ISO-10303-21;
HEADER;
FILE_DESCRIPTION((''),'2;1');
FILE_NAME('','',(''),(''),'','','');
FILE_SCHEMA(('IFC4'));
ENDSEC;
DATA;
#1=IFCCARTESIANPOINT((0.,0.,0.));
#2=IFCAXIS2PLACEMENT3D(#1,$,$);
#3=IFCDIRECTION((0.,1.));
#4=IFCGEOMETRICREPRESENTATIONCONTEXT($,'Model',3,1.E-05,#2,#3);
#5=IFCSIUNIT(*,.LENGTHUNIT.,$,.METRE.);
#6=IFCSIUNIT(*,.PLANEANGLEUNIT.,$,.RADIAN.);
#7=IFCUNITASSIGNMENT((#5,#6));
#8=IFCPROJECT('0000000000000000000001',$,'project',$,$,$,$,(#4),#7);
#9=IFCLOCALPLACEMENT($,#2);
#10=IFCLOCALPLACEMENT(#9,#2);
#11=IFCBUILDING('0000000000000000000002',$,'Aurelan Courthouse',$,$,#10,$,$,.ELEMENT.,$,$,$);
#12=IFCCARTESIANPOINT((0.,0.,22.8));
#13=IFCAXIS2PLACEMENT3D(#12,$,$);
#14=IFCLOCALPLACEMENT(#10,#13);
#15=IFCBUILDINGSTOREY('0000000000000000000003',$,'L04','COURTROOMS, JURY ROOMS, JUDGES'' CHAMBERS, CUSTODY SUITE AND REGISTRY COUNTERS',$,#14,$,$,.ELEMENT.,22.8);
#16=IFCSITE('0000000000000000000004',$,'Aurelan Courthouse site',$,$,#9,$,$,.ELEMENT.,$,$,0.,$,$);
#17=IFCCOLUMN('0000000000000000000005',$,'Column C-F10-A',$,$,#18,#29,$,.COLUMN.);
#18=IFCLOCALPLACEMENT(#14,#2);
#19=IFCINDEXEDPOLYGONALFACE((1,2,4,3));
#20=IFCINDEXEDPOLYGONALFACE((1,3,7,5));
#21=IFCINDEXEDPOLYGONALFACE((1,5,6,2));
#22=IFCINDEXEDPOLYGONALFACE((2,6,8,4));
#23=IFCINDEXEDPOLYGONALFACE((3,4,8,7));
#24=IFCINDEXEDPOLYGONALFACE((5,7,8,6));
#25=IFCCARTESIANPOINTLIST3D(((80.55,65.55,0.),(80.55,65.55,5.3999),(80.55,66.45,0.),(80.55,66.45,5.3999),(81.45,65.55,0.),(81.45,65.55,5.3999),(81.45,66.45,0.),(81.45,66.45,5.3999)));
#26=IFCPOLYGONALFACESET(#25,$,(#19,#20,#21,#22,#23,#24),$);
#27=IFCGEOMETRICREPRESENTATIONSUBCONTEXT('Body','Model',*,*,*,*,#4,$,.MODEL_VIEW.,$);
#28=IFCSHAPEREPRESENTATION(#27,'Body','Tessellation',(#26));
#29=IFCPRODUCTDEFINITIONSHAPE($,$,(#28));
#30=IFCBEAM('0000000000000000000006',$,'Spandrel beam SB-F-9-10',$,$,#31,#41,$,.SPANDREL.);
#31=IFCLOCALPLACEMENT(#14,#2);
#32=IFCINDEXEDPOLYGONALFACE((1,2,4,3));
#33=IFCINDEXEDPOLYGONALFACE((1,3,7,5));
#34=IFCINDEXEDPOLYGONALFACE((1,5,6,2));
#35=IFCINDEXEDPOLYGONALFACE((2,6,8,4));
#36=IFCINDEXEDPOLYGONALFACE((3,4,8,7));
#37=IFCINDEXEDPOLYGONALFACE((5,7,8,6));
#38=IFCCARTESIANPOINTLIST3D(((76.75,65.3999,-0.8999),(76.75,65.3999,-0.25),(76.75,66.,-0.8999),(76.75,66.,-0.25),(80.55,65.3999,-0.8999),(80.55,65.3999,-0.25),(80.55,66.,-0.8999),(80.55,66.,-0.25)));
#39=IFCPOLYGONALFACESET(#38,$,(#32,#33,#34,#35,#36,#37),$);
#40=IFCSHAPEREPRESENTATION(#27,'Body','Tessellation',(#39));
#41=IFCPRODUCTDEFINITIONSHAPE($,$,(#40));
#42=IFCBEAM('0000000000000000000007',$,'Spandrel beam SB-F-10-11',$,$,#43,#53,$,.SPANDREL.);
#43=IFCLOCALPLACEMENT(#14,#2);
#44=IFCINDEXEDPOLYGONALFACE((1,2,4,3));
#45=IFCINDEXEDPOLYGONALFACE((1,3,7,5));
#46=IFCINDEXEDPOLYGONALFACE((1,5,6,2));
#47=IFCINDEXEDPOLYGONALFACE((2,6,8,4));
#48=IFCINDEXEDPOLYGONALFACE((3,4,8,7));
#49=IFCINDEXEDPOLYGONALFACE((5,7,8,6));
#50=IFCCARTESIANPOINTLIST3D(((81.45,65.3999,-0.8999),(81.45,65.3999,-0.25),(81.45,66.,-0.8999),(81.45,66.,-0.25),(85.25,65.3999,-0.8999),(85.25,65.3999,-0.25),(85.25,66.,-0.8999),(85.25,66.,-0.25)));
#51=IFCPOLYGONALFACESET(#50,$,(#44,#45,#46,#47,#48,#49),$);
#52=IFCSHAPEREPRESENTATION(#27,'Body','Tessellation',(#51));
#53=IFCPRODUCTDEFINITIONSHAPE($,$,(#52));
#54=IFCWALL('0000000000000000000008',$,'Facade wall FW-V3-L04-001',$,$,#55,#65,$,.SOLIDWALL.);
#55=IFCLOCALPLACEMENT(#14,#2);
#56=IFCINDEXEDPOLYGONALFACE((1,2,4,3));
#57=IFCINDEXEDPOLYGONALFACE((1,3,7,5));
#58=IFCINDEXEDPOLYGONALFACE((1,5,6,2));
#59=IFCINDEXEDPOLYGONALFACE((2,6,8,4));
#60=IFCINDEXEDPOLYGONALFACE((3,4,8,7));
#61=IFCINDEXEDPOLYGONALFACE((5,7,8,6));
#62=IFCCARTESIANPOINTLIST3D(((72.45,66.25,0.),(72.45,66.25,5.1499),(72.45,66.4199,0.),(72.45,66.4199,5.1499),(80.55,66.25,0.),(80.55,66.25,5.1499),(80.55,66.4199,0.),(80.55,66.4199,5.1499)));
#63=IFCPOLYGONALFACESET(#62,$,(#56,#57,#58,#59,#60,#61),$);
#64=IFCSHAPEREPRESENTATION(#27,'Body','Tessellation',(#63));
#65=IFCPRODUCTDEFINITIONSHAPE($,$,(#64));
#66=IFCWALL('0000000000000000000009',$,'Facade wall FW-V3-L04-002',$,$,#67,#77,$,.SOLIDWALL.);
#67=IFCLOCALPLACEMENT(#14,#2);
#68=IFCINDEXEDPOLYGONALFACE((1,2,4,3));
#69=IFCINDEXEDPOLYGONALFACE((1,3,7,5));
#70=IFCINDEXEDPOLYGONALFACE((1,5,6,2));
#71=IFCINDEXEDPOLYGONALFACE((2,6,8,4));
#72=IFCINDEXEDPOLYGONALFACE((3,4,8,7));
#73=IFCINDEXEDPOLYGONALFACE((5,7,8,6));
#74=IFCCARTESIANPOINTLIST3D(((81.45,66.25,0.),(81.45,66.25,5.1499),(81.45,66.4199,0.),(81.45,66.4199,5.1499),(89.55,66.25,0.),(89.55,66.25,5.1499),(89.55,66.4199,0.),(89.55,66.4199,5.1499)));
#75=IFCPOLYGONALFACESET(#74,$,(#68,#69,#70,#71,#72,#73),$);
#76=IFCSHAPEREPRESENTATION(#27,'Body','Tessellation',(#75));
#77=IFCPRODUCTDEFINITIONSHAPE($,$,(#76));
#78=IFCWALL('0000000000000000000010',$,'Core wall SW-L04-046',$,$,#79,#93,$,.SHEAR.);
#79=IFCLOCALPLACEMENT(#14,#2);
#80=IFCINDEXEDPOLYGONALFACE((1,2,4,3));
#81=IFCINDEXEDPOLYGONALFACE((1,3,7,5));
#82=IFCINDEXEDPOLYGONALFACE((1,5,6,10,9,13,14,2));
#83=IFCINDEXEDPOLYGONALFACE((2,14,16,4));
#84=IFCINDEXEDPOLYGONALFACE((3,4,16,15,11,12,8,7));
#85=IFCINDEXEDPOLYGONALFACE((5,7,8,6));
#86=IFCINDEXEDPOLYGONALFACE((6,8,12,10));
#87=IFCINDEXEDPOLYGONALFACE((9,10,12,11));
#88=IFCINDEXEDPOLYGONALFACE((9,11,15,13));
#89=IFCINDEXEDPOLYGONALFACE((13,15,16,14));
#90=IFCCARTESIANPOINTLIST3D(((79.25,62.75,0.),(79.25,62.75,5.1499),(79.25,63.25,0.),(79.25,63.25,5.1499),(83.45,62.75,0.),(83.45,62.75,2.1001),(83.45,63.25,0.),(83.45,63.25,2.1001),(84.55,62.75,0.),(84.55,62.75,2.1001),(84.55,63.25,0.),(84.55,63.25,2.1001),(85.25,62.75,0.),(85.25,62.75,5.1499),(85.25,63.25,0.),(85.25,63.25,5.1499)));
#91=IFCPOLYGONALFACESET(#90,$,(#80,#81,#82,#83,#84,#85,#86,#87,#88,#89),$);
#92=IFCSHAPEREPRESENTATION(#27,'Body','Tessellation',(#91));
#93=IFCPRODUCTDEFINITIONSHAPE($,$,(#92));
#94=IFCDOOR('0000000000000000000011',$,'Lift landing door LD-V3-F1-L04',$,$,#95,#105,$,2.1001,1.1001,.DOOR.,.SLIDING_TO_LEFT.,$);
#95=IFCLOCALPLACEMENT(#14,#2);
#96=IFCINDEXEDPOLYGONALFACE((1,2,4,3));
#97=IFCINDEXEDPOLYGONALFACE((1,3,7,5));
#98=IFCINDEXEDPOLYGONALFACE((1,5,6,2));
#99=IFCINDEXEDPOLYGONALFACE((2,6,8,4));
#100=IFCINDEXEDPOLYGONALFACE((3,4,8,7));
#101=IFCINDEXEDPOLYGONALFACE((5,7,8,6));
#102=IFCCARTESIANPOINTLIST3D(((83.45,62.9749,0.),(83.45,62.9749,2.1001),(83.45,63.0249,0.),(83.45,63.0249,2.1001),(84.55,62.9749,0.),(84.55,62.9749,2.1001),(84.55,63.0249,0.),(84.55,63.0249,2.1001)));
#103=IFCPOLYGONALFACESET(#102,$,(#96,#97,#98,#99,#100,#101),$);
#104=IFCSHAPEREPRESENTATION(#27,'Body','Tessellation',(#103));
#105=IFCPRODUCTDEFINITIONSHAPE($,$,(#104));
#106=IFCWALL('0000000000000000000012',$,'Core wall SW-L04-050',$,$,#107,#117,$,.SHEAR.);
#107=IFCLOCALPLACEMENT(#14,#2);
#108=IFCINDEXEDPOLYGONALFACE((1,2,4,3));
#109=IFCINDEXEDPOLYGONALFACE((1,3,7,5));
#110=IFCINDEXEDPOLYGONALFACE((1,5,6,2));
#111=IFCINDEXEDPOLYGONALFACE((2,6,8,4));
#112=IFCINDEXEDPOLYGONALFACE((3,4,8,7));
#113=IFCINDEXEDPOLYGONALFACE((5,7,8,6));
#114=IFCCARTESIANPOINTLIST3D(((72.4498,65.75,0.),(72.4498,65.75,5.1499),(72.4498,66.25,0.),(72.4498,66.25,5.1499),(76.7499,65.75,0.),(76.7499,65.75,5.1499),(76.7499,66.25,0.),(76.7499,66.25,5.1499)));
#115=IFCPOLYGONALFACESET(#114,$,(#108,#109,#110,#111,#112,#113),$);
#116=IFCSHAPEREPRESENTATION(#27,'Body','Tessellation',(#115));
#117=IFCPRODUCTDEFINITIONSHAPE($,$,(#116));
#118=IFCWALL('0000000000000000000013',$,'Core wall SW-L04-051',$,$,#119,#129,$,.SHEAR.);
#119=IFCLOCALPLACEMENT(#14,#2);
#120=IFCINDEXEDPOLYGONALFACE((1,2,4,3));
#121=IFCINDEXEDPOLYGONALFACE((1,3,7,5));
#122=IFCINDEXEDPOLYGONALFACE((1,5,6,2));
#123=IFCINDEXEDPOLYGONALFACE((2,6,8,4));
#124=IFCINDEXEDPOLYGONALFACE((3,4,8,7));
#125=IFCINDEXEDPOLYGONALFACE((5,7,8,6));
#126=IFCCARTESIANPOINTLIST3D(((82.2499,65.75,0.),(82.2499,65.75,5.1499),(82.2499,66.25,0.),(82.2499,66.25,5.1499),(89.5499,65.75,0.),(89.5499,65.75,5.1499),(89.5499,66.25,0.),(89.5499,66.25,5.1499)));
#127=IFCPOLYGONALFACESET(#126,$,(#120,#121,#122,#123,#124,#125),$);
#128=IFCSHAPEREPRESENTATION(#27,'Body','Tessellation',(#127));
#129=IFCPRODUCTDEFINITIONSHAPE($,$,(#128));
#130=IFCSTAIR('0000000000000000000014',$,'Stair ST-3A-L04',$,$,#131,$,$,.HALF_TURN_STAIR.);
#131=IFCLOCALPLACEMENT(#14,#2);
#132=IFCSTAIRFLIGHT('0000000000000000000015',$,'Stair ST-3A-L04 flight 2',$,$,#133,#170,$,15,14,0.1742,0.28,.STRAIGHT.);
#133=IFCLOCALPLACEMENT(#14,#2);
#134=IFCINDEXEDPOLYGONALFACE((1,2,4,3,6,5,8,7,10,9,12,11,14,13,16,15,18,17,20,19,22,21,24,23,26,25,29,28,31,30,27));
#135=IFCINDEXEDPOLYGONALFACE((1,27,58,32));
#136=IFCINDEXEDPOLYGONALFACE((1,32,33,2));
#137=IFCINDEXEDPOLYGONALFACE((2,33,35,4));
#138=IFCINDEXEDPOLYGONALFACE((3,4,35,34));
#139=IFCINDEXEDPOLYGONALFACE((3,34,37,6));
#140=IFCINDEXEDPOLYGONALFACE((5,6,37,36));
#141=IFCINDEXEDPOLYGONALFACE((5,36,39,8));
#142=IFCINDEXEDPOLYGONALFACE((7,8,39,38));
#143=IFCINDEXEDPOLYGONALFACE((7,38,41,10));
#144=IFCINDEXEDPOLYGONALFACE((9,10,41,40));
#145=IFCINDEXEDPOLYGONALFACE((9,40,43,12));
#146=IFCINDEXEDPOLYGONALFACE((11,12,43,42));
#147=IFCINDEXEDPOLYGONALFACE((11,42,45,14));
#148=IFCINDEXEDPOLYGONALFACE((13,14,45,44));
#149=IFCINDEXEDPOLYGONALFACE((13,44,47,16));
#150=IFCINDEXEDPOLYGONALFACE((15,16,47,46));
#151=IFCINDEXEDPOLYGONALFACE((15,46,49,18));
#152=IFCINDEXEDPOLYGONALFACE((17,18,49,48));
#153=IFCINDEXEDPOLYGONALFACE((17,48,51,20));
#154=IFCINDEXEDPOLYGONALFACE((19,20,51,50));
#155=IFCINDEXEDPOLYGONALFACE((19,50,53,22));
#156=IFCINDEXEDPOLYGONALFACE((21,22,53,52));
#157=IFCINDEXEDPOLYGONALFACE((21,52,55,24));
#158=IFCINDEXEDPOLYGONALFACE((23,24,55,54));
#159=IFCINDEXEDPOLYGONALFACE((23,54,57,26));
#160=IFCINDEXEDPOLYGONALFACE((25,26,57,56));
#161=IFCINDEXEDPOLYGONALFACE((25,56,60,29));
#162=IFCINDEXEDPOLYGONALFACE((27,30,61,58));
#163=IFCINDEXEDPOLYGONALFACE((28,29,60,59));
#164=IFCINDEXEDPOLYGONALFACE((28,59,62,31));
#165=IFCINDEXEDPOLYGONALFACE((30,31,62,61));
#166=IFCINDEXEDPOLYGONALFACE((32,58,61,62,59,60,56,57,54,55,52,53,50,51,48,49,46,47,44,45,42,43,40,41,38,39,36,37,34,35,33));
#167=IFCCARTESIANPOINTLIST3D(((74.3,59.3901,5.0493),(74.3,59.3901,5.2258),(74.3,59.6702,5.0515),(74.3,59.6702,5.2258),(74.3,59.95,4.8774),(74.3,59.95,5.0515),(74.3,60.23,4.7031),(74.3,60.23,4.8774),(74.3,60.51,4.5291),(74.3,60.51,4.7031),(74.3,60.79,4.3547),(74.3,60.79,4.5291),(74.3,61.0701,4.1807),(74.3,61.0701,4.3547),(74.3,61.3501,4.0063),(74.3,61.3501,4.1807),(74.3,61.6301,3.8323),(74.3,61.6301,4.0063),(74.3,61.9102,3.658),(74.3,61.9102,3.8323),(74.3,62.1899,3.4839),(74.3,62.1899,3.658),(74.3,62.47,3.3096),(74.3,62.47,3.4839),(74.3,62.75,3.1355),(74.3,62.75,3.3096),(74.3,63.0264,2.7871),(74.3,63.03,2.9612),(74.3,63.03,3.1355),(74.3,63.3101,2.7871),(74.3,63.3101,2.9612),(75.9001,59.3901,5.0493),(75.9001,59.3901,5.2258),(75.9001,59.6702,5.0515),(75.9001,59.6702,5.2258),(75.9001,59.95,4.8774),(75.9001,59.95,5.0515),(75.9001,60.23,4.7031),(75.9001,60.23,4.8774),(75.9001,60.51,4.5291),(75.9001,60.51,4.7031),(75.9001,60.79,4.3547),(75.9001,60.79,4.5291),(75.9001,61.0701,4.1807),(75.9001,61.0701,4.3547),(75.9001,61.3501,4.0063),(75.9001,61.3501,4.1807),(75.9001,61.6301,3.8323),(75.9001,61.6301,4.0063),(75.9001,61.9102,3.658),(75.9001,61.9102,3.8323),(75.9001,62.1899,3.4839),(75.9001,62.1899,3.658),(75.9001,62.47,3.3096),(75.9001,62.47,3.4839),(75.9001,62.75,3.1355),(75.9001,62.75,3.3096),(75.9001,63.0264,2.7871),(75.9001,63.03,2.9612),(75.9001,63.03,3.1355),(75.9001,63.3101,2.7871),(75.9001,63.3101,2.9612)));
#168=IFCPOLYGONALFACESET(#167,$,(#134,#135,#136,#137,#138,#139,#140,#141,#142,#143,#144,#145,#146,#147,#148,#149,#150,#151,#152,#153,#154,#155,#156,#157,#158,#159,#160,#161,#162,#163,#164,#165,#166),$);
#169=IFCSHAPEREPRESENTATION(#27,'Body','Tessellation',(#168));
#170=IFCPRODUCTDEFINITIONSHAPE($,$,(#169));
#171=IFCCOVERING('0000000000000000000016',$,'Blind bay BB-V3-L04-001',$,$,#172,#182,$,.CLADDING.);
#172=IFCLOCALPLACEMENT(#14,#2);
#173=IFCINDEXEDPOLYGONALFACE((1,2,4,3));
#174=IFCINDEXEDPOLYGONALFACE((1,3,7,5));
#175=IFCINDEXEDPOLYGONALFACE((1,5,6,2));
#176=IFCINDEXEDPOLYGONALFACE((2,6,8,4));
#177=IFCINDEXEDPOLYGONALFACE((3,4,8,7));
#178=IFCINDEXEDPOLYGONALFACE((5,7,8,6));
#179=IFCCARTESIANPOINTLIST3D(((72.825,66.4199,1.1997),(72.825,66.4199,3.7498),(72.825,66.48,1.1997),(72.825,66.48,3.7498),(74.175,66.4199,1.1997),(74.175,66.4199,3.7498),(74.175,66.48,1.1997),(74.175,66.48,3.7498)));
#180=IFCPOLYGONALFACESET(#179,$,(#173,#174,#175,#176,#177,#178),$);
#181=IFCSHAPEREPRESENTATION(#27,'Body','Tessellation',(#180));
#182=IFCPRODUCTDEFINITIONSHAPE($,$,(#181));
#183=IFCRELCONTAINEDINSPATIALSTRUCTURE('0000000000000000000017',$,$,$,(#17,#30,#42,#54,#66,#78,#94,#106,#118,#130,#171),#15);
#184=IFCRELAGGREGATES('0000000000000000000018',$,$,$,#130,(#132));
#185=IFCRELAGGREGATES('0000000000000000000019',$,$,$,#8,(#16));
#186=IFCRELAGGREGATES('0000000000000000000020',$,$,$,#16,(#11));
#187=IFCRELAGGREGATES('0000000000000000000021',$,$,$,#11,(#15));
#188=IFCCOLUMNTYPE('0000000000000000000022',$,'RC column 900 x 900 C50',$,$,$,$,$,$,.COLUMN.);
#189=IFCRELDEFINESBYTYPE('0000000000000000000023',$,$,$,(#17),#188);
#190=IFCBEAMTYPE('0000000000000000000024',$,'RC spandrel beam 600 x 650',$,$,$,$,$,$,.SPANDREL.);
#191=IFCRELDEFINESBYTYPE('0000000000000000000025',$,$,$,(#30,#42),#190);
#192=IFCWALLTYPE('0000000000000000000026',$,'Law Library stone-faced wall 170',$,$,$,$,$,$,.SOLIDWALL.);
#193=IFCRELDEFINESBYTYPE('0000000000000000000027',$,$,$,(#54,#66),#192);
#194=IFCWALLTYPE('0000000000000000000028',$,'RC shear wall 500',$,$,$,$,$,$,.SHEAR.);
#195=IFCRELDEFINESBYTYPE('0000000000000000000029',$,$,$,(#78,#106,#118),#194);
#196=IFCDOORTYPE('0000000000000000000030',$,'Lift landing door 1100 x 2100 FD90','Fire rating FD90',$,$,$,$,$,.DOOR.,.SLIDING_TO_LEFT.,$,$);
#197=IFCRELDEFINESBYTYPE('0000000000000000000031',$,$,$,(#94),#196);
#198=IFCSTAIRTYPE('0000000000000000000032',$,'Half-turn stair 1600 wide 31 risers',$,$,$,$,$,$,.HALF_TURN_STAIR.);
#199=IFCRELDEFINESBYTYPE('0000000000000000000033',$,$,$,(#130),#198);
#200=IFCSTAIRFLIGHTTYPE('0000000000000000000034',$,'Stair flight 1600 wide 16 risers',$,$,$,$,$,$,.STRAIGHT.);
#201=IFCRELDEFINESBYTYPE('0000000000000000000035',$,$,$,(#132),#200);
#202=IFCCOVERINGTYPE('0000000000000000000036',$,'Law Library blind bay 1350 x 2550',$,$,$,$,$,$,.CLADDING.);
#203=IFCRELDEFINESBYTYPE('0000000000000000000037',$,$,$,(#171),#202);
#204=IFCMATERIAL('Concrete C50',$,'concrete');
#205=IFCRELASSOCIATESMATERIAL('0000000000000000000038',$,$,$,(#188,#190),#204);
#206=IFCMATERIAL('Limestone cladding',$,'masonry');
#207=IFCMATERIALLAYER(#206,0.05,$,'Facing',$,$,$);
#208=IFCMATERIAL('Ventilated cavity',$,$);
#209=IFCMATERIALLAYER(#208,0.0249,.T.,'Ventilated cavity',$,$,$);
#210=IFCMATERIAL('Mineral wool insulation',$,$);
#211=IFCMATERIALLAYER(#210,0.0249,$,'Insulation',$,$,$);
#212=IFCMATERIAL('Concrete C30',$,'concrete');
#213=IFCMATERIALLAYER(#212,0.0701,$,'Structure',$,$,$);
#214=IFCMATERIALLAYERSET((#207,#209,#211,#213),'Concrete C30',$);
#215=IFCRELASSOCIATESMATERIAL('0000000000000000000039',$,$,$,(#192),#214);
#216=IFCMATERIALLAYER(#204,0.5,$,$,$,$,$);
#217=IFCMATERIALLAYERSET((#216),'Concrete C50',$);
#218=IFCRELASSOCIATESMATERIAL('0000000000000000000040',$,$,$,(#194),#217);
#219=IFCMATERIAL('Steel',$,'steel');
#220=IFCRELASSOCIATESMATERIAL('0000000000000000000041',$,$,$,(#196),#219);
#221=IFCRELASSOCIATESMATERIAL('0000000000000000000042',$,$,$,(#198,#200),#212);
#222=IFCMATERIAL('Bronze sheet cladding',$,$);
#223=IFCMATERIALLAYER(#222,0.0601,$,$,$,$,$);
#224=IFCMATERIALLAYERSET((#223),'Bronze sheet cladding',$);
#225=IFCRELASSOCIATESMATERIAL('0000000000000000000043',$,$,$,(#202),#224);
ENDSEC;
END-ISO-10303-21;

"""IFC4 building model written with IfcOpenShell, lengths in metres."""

from ifc_helpers import new_model, si_unit, direction, frame, frame_2d, origin, origin_2d, place, context, subcontext, project, spatial, polyline, rectangle, outline, extrude, material, layer, layer_set, material_profile, profile_set, type_object, element, fill, aggregate, save


model = new_model("IFC4")

# Units and contexts
model_context = context("Model", 3, precision=1e-05, world=origin(), true_north=direction((0.0, 1.0)))
body_context = subcontext(model_context, "Body", "Model", "MODEL_VIEW")
ifc_project = project(units=[si_unit("LENGTHUNIT", "METRE"), si_unit("PLANEANGLEUNIT", "RADIAN")], contexts=[model_context])

# Site, building, storey
site_placement = place(None, origin())
site = spatial("IfcSite", under=ifc_project, at=site_placement, Name="Aurelan Courthouse site", CompositionType="ELEMENT", RefElevation=0.0)
building_placement = place(site_placement, origin())
building = spatial("IfcBuilding", under=site, at=building_placement, Name="Aurelan Courthouse", CompositionType="ELEMENT")
storey_placement = place(building_placement, frame((0.0, 0.0, 22.8)))
storey = spatial("IfcBuildingStorey", under=building, at=storey_placement, Name="L04", Description="COURTROOMS, JURY ROOMS, JUDGES' CHAMBERS, CUSTODY SUITE AND REGISTRY COUNTERS", CompositionType="ELEMENT", Elevation=22.8)

# Column
ifc_material_1 = material(Name="Concrete C50", Category="concrete")
ifc_material_profile_1 = material_profile(ifc_material_1, rectangle(XDim=0.8999, YDim=0.8999, at=origin_2d()), Name="RC 900 x 900")
ifc_profile_set_1 = profile_set([ifc_material_profile_1], Name="Concrete C50")
column_type = type_object("IfcColumnType", Name="RC column 900 x 900 C50", PredefinedType="COLUMN", material=ifc_profile_set_1)
column_placement = place(storey_placement, frame((81.0, 66.0, 0.0), z_axis=(0.0, 0.0, 1.0), x_axis=(1.0, 0.0, 0.0)))
element("IfcColumn", 1, at=column_placement, inside=storey, type_object=column_type, Name="Column C-F10-A", PredefinedType="COLUMN", context=body_context, shape_type="SweptSolid", body=[
    extrude(rectangle(XDim=0.8999, YDim=0.8999, at=origin_2d()), origin(), (0.0, 0.0, 1.0), 5.3999),
])

# Beams
ifc_material_profile_2 = material_profile(ifc_material_1, rectangle(XDim=0.6001, YDim=0.6499, at=origin_2d()), Name="RC 600 x 650")
ifc_profile_set_2 = profile_set([ifc_material_profile_2], Name="Concrete C50")
beam_type = type_object("IfcBeamType", Name="RC spandrel beam 600 x 650", PredefinedType="SPANDREL", material=ifc_profile_set_2)
for number, where, z_axis, x_axis, name in (
    (2, (76.75, 65.7, -0.575), (1.0, 0.0, 0.0), (0.0, 1.0, 0.0), "Spandrel beam SB-F-9-10"),
    (3, (81.45, 65.7, -0.575), (1.0, 0.0, 0.0), (0.0, 1.0, 0.0), "Spandrel beam SB-F-10-11"),
):
    element("IfcBeam", number, at=place(storey_placement, frame(where, z_axis=z_axis, x_axis=x_axis)), inside=storey, type_object=beam_type, Name=name, PredefinedType="SPANDREL", context=body_context, shape_type="SweptSolid", body=[
        extrude(rectangle(XDim=0.6001, YDim=0.6499, at=origin_2d()), origin(), (0.0, 0.0, 1.0), 3.8),
    ])

# Walls
ifc_material_2 = material(Name="Limestone cladding", Category="masonry")
ifc_layer_1 = layer(ifc_material_2, 0.05, Name="Facing")
ifc_material_3 = material(Name="Ventilated cavity")
ifc_layer_2 = layer(ifc_material_3, 0.0249, ventilated=True, Name="Ventilated cavity")
ifc_material_4 = material(Name="Mineral wool insulation")
ifc_layer_3 = layer(ifc_material_4, 0.0249, Name="Insulation")
ifc_material_5 = material(Name="Concrete C30", Category="concrete")
ifc_layer_4 = layer(ifc_material_5, 0.0701, Name="Structure")
ifc_layer_set_1 = layer_set([ifc_layer_1, ifc_layer_2, ifc_layer_3, ifc_layer_4], Name="Concrete C30")
wall_type_1 = type_object("IfcWallType", Name="Law Library stone-faced wall 170", PredefinedType="SOLIDWALL", material=ifc_layer_set_1)
for number, where, z_axis, x_axis, name in (
    (4, (72.45, 66.335, 0.0), (0.0, 0.0, 1.0), (1.0, 0.0, 0.0), "Facade wall FW-V3-L04-001"),
    (5, (81.45, 66.335, 0.0), (0.0, 0.0, 1.0), (1.0, 0.0, 0.0), "Facade wall FW-V3-L04-002"),
):
    element("IfcWall", number, at=place(storey_placement, frame(where, z_axis=z_axis, x_axis=x_axis)), inside=storey, type_object=wall_type_1, Name=name, PredefinedType="SOLIDWALL", context=body_context, shape_type="SweptSolid", body=[
        extrude(rectangle(XDim=8.1001, YDim=0.1699, at=frame_2d((4.05, 0.0))), origin(), (0.0, 0.0, 1.0), 5.1499),
    ])

# Wall, opening, door
ifc_layer_5 = layer(ifc_material_1, 0.5)
ifc_layer_set_2 = layer_set([ifc_layer_5], Name="Concrete C50")
wall_type_2 = type_object("IfcWallType", Name="RC shear wall 500", PredefinedType="SHEAR", material=ifc_layer_set_2)
wall_1_placement = place(storey_placement, frame((79.25, 63.0, 0.0), z_axis=(0.0, 0.0, 1.0), x_axis=(1.0, 0.0, 0.0)))
wall_1 = element("IfcWall", 6, at=wall_1_placement, inside=storey, type_object=wall_type_2, Name="Core wall SW-L04-046", PredefinedType="SHEAR", context=body_context, shape_type="SweptSolid", body=[
    extrude(rectangle(XDim=6.0, YDim=0.5, at=frame_2d((3.0, 0.0))), origin(), (0.0, 0.0, 1.0), 5.1499),
])
opening_placement = place(wall_1_placement, frame((4.2, 0.0, 0.0)))
opening = element("IfcOpeningElement", 7, at=opening_placement, cuts=wall_1, PredefinedType="OPENING", context=body_context, shape_type="SweptSolid", body=[
    extrude(rectangle(XDim=1.1001, YDim=2.1001, at=frame_2d((0.55, 1.05))), frame((0.0, 0.26, 0.0), z_axis=(0.0, -1.0, 0.0), x_axis=(1.0, 0.0, 0.0)), (0.0, 0.0, 1.0), 0.52),
])
ifc_material_6 = material(Name="Steel", Category="steel")
door_type = type_object("IfcDoorType", Name="Lift landing door 1100 x 2100 FD90", Description="Fire rating FD90", OperationType="SLIDING_TO_LEFT", PredefinedType="DOOR", material=ifc_material_6)
door_placement = place(opening_placement, origin())
door = element("IfcDoor", 8, at=door_placement, inside=storey, type_object=door_type, Name="Lift landing door LD-V3-F1-L04", OperationType="SLIDING_TO_LEFT", OverallHeight=2.1001, OverallWidth=1.1001, PredefinedType="DOOR", context=body_context, shape_type="SweptSolid", body=[
    extrude(rectangle(XDim=1.1001, YDim=2.1001, at=frame_2d((0.55, 1.05))), frame((0.0, 0.0249, 0.0), z_axis=(0.0, -1.0, 0.0), x_axis=(1.0, 0.0, 0.0)), (0.0, 0.0, 1.0), 0.05),
])
fill(opening, door)

# Walls
wall_2_placement = place(storey_placement, frame((72.45, 66.0, 0.0), z_axis=(0.0, 0.0, 1.0), x_axis=(1.0, 0.0, 0.0)))
element("IfcWall", 9, at=wall_2_placement, inside=storey, type_object=wall_type_2, Name="Core wall SW-L04-050", PredefinedType="SHEAR", context=body_context, shape_type="SweptSolid", body=[
    extrude(rectangle(XDim=4.3, YDim=0.5, at=frame_2d((2.1499, 0.0))), origin(), (0.0, 0.0, 1.0), 5.1499),
])
wall_3_placement = place(storey_placement, frame((82.25, 66.0, 0.0), z_axis=(0.0, 0.0, 1.0), x_axis=(1.0, 0.0, 0.0)))
element("IfcWall", 10, at=wall_3_placement, inside=storey, type_object=wall_type_2, Name="Core wall SW-L04-051", PredefinedType="SHEAR", context=body_context, shape_type="SweptSolid", body=[
    extrude(rectangle(XDim=7.3, YDim=0.5, at=frame_2d((3.6499, 0.0))), origin(), (0.0, 0.0, 1.0), 5.1499),
])

# Stair, stair flight
stair_type = type_object("IfcStairType", Name="Half-turn stair 1600 wide 31 risers", PredefinedType="HALF_TURN_STAIR", material=ifc_material_5)
stair_placement = place(storey_placement, origin())
stair = element("IfcStair", 11, at=stair_placement, inside=storey, type_object=stair_type, Name="Stair ST-3A-L04", PredefinedType="HALF_TURN_STAIR")
stair_flight_type = type_object("IfcStairFlightType", Name="Stair flight 1600 wide 16 risers", PredefinedType="STRAIGHT", material=ifc_material_5)
stair_flight_placement = place(storey_placement, frame((75.1001, 63.3101, 2.7871), z_axis=(0.0, 0.0, 1.0), x_axis=(0.0, -1.0, 0.0)))
stair_flight = element("IfcStairFlight", 12, at=stair_flight_placement, type_object=stair_flight_type, Name="Stair ST-3A-L04 flight 2", NumberOfRisers=15, NumberOfTreads=14, PredefinedType="STRAIGHT", RiserHeight=0.1742, TreadLength=0.28, context=body_context, shape_type="SweptSolid", body=[
    extrude(outline(polyline([(0.0, 0.0), (0.0, 0.1741), (0.28, 0.1741), (0.28, 0.3484), (0.5601, 0.3484), (0.5601, 0.5225), (0.8401, 0.5225), (0.8401, 0.6968), (1.1201, 0.6968), (1.1201, 0.8708), (1.3999, 0.8708), (1.3999, 1.0452), (1.6799, 1.0452), (1.6799, 1.2192), (1.96, 1.2192), (1.96, 1.3936), (2.24, 1.3936), (2.24, 1.5676), (2.52, 1.5676), (2.52, 1.7419), (2.8, 1.7419), (2.8, 1.916), (3.0801, 1.916), (3.0801, 2.0903), (3.3601, 2.0903), (3.3601, 2.2644), (3.6399, 2.2644), (3.6399, 2.4387), (3.9199, 2.4387), (3.9199, 2.6128), (3.9199, 2.2622), (0.2837, 0.0), (0.0, 0.0)])), frame((0.0, 0.8, 0.0), z_axis=(0.0, -1.0, 0.0), x_axis=(1.0, 0.0, 0.0)), (0.0, 0.0, 1.0), 1.6001),
])
aggregate(stair, [stair_flight])

# Covering
ifc_material_7 = material(Name="Bronze sheet cladding")
ifc_layer_6 = layer(ifc_material_7, 0.0601)
ifc_layer_set_3 = layer_set([ifc_layer_6], Name="Bronze sheet cladding")
covering_type = type_object("IfcCoveringType", Name="Law Library blind bay 1350 x 2550", PredefinedType="CLADDING", material=ifc_layer_set_3)
for number, where, z_axis, x_axis, name in (
    (13, (73.5, 66.45, 1.1997), (0.0, 0.0, 1.0), (1.0, 0.0, 0.0), "Blind bay BB-V3-L04-001"),
):
    element("IfcCovering", number, at=place(storey_placement, frame(where, z_axis=z_axis, x_axis=x_axis)), inside=storey, type_object=covering_type, Name=name, PredefinedType="CLADDING", context=body_context, shape_type="SweptSolid", body=[
        extrude(rectangle(XDim=1.3501, YDim=0.0601, at=origin_2d()), origin(), (0.0, 0.0, 1.0), 2.55),
    ])

save(model, "model.ifc")
